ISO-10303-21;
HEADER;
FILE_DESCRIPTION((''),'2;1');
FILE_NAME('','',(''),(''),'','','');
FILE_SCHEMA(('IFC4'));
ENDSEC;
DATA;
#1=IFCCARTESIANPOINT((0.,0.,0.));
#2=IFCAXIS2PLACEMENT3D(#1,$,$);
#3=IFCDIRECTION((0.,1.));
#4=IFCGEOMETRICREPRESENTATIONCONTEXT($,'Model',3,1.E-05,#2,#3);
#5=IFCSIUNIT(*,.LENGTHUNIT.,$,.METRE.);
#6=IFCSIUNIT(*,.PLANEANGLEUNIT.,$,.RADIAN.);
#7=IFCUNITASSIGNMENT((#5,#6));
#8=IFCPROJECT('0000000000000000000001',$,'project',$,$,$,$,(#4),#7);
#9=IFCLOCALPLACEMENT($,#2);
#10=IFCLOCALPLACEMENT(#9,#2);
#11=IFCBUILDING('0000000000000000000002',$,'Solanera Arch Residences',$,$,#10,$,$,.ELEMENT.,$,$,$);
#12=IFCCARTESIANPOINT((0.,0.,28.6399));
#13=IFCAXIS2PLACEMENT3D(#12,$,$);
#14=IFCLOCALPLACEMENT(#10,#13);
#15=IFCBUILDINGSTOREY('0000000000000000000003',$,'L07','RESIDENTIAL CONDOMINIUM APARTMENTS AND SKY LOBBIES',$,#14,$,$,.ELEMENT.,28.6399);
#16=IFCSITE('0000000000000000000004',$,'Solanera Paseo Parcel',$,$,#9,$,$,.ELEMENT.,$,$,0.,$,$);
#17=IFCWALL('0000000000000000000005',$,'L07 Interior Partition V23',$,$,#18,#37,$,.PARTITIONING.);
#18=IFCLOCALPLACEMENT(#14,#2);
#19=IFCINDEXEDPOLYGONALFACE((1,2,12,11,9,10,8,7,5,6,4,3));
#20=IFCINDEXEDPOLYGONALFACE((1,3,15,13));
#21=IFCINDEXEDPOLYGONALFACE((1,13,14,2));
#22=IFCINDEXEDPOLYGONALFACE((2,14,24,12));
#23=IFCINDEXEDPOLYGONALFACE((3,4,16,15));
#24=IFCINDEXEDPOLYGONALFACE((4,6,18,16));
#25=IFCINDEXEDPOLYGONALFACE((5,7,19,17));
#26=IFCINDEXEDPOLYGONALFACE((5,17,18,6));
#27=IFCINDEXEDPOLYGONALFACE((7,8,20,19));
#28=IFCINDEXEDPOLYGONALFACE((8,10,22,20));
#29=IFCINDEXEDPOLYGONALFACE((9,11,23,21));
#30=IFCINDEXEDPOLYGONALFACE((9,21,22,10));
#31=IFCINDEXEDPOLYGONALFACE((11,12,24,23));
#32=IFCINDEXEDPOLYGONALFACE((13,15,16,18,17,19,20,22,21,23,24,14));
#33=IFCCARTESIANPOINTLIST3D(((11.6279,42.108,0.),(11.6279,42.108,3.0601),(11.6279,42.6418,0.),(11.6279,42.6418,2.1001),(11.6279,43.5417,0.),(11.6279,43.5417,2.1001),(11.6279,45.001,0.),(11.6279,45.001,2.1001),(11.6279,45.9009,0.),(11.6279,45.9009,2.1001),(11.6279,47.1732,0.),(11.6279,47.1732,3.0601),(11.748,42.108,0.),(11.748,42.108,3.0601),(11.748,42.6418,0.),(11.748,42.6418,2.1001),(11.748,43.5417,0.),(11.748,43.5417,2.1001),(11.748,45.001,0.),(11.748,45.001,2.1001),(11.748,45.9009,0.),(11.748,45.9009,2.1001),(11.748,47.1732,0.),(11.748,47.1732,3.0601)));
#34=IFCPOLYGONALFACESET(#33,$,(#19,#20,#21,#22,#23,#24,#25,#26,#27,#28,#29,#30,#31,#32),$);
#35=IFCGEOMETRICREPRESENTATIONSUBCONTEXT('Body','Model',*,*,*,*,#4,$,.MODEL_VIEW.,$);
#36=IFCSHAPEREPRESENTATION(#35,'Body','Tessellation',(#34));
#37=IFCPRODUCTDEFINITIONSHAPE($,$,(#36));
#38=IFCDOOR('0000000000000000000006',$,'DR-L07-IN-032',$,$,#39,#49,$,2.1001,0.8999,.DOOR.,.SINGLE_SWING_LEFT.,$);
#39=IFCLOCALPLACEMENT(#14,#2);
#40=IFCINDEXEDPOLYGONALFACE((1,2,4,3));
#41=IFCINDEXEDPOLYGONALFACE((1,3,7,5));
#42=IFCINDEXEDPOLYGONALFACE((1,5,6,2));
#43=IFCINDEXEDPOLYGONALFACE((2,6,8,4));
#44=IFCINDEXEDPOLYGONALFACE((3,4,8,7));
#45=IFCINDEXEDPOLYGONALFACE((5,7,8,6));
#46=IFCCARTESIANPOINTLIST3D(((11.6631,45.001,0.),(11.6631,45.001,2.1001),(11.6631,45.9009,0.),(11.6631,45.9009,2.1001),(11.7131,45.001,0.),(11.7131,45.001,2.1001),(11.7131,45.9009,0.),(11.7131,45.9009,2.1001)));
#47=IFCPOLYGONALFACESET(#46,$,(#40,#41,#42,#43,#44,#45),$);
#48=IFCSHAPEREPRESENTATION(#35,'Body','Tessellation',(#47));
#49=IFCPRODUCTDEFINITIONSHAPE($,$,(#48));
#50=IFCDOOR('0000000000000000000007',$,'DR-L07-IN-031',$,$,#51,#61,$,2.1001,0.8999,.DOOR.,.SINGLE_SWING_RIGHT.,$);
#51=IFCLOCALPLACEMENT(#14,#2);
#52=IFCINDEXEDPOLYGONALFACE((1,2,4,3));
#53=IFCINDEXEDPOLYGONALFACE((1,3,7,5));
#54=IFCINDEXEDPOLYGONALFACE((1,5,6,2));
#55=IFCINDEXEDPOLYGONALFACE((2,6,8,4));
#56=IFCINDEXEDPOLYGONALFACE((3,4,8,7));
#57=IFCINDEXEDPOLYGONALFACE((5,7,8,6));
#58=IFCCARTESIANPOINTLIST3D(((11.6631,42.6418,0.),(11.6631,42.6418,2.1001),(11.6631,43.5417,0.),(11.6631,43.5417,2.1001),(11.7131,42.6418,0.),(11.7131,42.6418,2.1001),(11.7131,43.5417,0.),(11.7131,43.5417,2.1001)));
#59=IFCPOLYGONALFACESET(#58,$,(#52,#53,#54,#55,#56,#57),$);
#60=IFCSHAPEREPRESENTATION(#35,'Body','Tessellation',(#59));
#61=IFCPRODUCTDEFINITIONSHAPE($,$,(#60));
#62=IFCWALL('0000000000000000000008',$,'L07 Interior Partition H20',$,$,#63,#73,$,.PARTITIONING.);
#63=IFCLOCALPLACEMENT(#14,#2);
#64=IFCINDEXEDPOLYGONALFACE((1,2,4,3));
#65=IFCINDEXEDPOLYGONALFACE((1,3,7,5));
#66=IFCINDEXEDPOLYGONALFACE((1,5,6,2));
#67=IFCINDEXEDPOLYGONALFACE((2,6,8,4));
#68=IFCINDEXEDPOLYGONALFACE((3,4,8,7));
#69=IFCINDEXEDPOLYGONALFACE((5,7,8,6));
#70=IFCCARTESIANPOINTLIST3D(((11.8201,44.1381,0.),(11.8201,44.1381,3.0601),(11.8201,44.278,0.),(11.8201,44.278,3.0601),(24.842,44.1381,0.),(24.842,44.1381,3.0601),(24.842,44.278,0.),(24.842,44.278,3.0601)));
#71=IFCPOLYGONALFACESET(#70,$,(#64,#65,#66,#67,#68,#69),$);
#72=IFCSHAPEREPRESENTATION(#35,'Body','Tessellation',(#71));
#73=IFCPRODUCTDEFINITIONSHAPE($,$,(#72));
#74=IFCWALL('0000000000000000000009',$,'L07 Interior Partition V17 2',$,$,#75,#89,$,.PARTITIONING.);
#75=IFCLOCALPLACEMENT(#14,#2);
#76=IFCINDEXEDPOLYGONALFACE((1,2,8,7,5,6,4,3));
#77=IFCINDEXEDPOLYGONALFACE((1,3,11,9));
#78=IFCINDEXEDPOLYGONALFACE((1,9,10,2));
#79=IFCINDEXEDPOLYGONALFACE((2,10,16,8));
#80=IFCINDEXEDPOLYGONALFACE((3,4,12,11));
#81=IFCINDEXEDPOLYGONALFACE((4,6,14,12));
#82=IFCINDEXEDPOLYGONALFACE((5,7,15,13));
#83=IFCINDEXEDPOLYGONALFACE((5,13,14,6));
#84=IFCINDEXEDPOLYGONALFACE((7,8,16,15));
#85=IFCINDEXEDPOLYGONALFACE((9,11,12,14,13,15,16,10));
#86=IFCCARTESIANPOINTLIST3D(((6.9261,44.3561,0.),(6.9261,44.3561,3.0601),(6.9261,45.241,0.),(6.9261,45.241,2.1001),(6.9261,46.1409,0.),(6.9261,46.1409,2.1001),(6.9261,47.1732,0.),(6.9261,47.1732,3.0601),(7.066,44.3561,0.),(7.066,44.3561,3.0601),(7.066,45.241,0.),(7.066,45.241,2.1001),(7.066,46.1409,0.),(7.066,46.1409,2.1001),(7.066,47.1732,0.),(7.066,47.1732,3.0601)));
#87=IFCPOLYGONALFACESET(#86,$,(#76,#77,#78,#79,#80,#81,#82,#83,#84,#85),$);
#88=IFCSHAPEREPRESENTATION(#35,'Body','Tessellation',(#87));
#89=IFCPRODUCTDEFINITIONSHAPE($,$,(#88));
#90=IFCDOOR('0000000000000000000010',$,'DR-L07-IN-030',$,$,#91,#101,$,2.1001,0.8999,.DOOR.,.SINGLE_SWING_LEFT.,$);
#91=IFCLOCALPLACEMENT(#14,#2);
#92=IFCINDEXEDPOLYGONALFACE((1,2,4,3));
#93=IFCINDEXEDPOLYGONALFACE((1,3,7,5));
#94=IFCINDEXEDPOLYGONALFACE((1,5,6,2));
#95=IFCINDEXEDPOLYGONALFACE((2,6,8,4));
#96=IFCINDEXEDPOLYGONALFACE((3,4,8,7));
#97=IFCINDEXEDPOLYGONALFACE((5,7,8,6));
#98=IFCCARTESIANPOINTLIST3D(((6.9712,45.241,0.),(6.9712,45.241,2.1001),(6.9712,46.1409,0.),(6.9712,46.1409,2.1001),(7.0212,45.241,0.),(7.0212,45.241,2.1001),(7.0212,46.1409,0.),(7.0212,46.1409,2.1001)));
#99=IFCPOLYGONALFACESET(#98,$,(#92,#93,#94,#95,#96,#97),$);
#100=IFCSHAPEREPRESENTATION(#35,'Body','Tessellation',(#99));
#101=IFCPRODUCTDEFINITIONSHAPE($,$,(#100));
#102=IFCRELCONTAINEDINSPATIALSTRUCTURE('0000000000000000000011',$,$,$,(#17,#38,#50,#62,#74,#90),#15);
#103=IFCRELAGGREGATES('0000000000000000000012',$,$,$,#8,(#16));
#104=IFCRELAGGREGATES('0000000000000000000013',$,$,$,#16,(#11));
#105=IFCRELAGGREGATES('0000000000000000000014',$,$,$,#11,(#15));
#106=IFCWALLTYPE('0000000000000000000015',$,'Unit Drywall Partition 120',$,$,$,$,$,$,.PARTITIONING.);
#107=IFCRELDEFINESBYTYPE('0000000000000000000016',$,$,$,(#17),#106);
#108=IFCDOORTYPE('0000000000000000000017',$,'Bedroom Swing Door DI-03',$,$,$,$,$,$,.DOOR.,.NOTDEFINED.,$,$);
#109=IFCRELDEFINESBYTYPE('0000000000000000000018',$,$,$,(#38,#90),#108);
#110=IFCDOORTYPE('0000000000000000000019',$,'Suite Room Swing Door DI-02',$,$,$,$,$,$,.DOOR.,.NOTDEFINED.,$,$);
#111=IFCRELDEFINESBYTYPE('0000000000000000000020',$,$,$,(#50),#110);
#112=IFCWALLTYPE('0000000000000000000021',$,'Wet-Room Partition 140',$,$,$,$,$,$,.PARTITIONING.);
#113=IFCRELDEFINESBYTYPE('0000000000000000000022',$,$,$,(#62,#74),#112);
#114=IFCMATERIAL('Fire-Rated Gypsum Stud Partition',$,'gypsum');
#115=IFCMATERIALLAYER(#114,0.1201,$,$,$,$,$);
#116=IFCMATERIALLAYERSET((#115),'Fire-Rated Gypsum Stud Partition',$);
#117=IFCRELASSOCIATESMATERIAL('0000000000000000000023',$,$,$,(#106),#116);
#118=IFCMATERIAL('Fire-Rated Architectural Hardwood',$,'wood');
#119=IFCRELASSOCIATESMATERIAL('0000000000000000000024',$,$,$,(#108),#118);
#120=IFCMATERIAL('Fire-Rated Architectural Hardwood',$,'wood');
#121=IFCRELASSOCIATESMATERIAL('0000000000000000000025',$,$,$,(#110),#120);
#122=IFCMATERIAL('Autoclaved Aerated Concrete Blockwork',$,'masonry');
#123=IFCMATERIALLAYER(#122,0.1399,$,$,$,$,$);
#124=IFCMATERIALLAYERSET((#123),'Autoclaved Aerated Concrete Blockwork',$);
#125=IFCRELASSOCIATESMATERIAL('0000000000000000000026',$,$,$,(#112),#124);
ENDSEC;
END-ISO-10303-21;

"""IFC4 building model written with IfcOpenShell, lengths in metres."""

from ifc_helpers import new_model, si_unit, direction, frame, frame_2d, origin, place, context, subcontext, project, spatial, rectangle, extrude, material, layer, layer_set, type_object, element, fill, save


model = new_model("IFC4")

# Units and contexts
model_context = context("Model", 3, precision=1e-05, world=origin(), true_north=direction((0.0, 1.0)))
body_context = subcontext(model_context, "Body", "Model", "MODEL_VIEW")
ifc_project = project(units=[si_unit("LENGTHUNIT", "METRE"), si_unit("PLANEANGLEUNIT", "RADIAN")], contexts=[model_context])

# Site, building, storey
site_placement = place(None, origin())
site = spatial("IfcSite", under=ifc_project, at=site_placement, Name="Solanera Paseo Parcel", CompositionType="ELEMENT", RefElevation=0.0)
building_placement = place(site_placement, origin())
building = spatial("IfcBuilding", under=site, at=building_placement, Name="Solanera Arch Residences", CompositionType="ELEMENT")
storey_placement = place(building_placement, frame((0.0, 0.0, 28.6399)))
storey = spatial("IfcBuildingStorey", under=building, at=storey_placement, Name="L07", Description="RESIDENTIAL CONDOMINIUM APARTMENTS AND SKY LOBBIES", CompositionType="ELEMENT", Elevation=28.6399)

# Wall, openings, doors
ifc_material_1 = material(Name="Fire-Rated Gypsum Stud Partition", Category="gypsum")
ifc_layer_1 = layer(ifc_material_1, 0.1201)
ifc_layer_set_1 = layer_set([ifc_layer_1], Name="Fire-Rated Gypsum Stud Partition")
wall_type_1 = type_object("IfcWallType", Name="Unit Drywall Partition 120", PredefinedType="PARTITIONING", material=ifc_layer_set_1)
wall_1_placement = place(storey_placement, frame((11.688, 42.1079, 0.0), z_axis=(0.0, 0.0, 1.0), x_axis=(0.0, 1.0, 0.0)))
wall_1 = element("IfcWall", 1, at=wall_1_placement, inside=storey, type_object=wall_type_1, Name="L07 Interior Partition V23", PredefinedType="PARTITIONING", context=body_context, shape_type="SweptSolid", body=[
    extrude(rectangle(XDim=5.0652, YDim=0.1201, at=frame_2d((2.5327, 0.0))), origin(), (0.0, 0.0, 1.0), 3.0601),
])
opening_1_placement = place(wall_1_placement, frame((0.5339, 0.0, 0.0)))
opening_1 = element("IfcOpeningElement", 2, at=opening_1_placement, cuts=wall_1, PredefinedType="OPENING", context=body_context, shape_type="SweptSolid", body=[
    extrude(rectangle(XDim=0.8999, YDim=2.1001, at=frame_2d((0.45, 1.05))), frame((0.0, 0.0701, 0.0), z_axis=(0.0, -1.0, 0.0), x_axis=(1.0, 0.0, 0.0)), (0.0, 0.0, 1.0), 0.1401),
])
opening_2_placement = place(wall_1_placement, frame((2.8931, 0.0, 0.0)))
opening_2 = element("IfcOpeningElement", 3, at=opening_2_placement, cuts=wall_1, PredefinedType="OPENING", context=body_context, shape_type="SweptSolid", body=[
    extrude(rectangle(XDim=0.8999, YDim=2.1001, at=frame_2d((0.45, 1.05))), frame((0.0, 0.0701, 0.0), z_axis=(0.0, -1.0, 0.0), x_axis=(1.0, 0.0, 0.0)), (0.0, 0.0, 1.0), 0.1401),
])
ifc_material_2 = material(Name="Fire-Rated Architectural Hardwood", Category="wood")
door_type_1 = type_object("IfcDoorType", Name="Bedroom Swing Door DI-03", OperationType="NOTDEFINED", PredefinedType="DOOR", material=ifc_material_2)
door_1_placement = place(opening_2_placement, origin())
door_1 = element("IfcDoor", 4, at=door_1_placement, inside=storey, type_object=door_type_1, Name="DR-L07-IN-032", OperationType="SINGLE_SWING_LEFT", OverallHeight=2.1001, OverallWidth=0.8999, PredefinedType="DOOR", context=body_context, shape_type="SweptSolid", body=[
    extrude(rectangle(XDim=0.8999, YDim=2.1001, at=frame_2d((0.45, 1.05))), frame((0.0, 0.0249, 0.0), z_axis=(0.0, -1.0, 0.0), x_axis=(1.0, 0.0, 0.0)), (0.0, 0.0, 1.0), 0.05),
])
fill(opening_2, door_1)
ifc_material_3 = material(Name="Fire-Rated Architectural Hardwood", Category="wood")
door_type_2 = type_object("IfcDoorType", Name="Suite Room Swing Door DI-02", OperationType="NOTDEFINED", PredefinedType="DOOR", material=ifc_material_3)
door_2_placement = place(opening_1_placement, origin())
door_2 = element("IfcDoor", 5, at=door_2_placement, inside=storey, type_object=door_type_2, Name="DR-L07-IN-031", OperationType="SINGLE_SWING_RIGHT", OverallHeight=2.1001, OverallWidth=0.8999, PredefinedType="DOOR", context=body_context, shape_type="SweptSolid", body=[
    extrude(rectangle(XDim=0.8999, YDim=2.1001, at=frame_2d((0.45, 1.05))), frame((0.0, 0.0249, 0.0), z_axis=(0.0, -1.0, 0.0), x_axis=(1.0, 0.0, 0.0)), (0.0, 0.0, 1.0), 0.05),
])
fill(opening_1, door_2)

# Wall
ifc_material_4 = material(Name="Autoclaved Aerated Concrete Blockwork", Category="masonry")
ifc_layer_2 = layer(ifc_material_4, 0.1399)
ifc_layer_set_2 = layer_set([ifc_layer_2], Name="Autoclaved Aerated Concrete Blockwork")
wall_type_2 = type_object("IfcWallType", Name="Wet-Room Partition 140", PredefinedType="PARTITIONING", material=ifc_layer_set_2)
wall_2_placement = place(storey_placement, frame((11.8201, 44.208, 0.0), z_axis=(0.0, 0.0, 1.0), x_axis=(1.0, 0.0, 0.0)))
element("IfcWall", 6, at=wall_2_placement, inside=storey, type_object=wall_type_2, Name="L07 Interior Partition H20", PredefinedType="PARTITIONING", context=body_context, shape_type="SweptSolid", body=[
    extrude(rectangle(XDim=13.022, YDim=0.1399, at=frame_2d((6.511, 0.0))), origin(), (0.0, 0.0, 1.0), 3.0601),
])

# Wall, opening, door
wall_3_placement = place(storey_placement, frame((6.9961, 44.356, 0.0), z_axis=(0.0, 0.0, 1.0), x_axis=(0.0, 1.0, 0.0)))
wall_3 = element("IfcWall", 7, at=wall_3_placement, inside=storey, type_object=wall_type_2, Name="L07 Interior Partition V17 2", PredefinedType="PARTITIONING", context=body_context, shape_type="SweptSolid", body=[
    extrude(rectangle(XDim=2.8171, YDim=0.1399, at=frame_2d((1.4087, 0.0))), origin(), (0.0, 0.0, 1.0), 3.0601),
])
opening_3_placement = place(wall_3_placement, frame((0.885, 0.0, 0.0)))
opening_3 = element("IfcOpeningElement", 8, at=opening_3_placement, cuts=wall_3, PredefinedType="OPENING", context=body_context, shape_type="SweptSolid", body=[
    extrude(rectangle(XDim=0.8999, YDim=2.1001, at=frame_2d((0.45, 1.05))), frame((0.0, 0.0798, 0.0), z_axis=(0.0, -1.0, 0.0), x_axis=(1.0, 0.0, 0.0)), (0.0, 0.0, 1.0), 0.1599),
])
door_3_placement = place(opening_3_placement, origin())
door_3 = element("IfcDoor", 9, at=door_3_placement, inside=storey, type_object=door_type_1, Name="DR-L07-IN-030", OperationType="SINGLE_SWING_LEFT", OverallHeight=2.1001, OverallWidth=0.8999, PredefinedType="DOOR", context=body_context, shape_type="SweptSolid", body=[
    extrude(rectangle(XDim=0.8999, YDim=2.1001, at=frame_2d((0.45, 1.05))), frame((0.0, 0.0249, 0.0), z_axis=(0.0, -1.0, 0.0), x_axis=(1.0, 0.0, 0.0)), (0.0, 0.0, 1.0), 0.05),
])
fill(opening_3, door_3)

save(model, "model.ifc")
